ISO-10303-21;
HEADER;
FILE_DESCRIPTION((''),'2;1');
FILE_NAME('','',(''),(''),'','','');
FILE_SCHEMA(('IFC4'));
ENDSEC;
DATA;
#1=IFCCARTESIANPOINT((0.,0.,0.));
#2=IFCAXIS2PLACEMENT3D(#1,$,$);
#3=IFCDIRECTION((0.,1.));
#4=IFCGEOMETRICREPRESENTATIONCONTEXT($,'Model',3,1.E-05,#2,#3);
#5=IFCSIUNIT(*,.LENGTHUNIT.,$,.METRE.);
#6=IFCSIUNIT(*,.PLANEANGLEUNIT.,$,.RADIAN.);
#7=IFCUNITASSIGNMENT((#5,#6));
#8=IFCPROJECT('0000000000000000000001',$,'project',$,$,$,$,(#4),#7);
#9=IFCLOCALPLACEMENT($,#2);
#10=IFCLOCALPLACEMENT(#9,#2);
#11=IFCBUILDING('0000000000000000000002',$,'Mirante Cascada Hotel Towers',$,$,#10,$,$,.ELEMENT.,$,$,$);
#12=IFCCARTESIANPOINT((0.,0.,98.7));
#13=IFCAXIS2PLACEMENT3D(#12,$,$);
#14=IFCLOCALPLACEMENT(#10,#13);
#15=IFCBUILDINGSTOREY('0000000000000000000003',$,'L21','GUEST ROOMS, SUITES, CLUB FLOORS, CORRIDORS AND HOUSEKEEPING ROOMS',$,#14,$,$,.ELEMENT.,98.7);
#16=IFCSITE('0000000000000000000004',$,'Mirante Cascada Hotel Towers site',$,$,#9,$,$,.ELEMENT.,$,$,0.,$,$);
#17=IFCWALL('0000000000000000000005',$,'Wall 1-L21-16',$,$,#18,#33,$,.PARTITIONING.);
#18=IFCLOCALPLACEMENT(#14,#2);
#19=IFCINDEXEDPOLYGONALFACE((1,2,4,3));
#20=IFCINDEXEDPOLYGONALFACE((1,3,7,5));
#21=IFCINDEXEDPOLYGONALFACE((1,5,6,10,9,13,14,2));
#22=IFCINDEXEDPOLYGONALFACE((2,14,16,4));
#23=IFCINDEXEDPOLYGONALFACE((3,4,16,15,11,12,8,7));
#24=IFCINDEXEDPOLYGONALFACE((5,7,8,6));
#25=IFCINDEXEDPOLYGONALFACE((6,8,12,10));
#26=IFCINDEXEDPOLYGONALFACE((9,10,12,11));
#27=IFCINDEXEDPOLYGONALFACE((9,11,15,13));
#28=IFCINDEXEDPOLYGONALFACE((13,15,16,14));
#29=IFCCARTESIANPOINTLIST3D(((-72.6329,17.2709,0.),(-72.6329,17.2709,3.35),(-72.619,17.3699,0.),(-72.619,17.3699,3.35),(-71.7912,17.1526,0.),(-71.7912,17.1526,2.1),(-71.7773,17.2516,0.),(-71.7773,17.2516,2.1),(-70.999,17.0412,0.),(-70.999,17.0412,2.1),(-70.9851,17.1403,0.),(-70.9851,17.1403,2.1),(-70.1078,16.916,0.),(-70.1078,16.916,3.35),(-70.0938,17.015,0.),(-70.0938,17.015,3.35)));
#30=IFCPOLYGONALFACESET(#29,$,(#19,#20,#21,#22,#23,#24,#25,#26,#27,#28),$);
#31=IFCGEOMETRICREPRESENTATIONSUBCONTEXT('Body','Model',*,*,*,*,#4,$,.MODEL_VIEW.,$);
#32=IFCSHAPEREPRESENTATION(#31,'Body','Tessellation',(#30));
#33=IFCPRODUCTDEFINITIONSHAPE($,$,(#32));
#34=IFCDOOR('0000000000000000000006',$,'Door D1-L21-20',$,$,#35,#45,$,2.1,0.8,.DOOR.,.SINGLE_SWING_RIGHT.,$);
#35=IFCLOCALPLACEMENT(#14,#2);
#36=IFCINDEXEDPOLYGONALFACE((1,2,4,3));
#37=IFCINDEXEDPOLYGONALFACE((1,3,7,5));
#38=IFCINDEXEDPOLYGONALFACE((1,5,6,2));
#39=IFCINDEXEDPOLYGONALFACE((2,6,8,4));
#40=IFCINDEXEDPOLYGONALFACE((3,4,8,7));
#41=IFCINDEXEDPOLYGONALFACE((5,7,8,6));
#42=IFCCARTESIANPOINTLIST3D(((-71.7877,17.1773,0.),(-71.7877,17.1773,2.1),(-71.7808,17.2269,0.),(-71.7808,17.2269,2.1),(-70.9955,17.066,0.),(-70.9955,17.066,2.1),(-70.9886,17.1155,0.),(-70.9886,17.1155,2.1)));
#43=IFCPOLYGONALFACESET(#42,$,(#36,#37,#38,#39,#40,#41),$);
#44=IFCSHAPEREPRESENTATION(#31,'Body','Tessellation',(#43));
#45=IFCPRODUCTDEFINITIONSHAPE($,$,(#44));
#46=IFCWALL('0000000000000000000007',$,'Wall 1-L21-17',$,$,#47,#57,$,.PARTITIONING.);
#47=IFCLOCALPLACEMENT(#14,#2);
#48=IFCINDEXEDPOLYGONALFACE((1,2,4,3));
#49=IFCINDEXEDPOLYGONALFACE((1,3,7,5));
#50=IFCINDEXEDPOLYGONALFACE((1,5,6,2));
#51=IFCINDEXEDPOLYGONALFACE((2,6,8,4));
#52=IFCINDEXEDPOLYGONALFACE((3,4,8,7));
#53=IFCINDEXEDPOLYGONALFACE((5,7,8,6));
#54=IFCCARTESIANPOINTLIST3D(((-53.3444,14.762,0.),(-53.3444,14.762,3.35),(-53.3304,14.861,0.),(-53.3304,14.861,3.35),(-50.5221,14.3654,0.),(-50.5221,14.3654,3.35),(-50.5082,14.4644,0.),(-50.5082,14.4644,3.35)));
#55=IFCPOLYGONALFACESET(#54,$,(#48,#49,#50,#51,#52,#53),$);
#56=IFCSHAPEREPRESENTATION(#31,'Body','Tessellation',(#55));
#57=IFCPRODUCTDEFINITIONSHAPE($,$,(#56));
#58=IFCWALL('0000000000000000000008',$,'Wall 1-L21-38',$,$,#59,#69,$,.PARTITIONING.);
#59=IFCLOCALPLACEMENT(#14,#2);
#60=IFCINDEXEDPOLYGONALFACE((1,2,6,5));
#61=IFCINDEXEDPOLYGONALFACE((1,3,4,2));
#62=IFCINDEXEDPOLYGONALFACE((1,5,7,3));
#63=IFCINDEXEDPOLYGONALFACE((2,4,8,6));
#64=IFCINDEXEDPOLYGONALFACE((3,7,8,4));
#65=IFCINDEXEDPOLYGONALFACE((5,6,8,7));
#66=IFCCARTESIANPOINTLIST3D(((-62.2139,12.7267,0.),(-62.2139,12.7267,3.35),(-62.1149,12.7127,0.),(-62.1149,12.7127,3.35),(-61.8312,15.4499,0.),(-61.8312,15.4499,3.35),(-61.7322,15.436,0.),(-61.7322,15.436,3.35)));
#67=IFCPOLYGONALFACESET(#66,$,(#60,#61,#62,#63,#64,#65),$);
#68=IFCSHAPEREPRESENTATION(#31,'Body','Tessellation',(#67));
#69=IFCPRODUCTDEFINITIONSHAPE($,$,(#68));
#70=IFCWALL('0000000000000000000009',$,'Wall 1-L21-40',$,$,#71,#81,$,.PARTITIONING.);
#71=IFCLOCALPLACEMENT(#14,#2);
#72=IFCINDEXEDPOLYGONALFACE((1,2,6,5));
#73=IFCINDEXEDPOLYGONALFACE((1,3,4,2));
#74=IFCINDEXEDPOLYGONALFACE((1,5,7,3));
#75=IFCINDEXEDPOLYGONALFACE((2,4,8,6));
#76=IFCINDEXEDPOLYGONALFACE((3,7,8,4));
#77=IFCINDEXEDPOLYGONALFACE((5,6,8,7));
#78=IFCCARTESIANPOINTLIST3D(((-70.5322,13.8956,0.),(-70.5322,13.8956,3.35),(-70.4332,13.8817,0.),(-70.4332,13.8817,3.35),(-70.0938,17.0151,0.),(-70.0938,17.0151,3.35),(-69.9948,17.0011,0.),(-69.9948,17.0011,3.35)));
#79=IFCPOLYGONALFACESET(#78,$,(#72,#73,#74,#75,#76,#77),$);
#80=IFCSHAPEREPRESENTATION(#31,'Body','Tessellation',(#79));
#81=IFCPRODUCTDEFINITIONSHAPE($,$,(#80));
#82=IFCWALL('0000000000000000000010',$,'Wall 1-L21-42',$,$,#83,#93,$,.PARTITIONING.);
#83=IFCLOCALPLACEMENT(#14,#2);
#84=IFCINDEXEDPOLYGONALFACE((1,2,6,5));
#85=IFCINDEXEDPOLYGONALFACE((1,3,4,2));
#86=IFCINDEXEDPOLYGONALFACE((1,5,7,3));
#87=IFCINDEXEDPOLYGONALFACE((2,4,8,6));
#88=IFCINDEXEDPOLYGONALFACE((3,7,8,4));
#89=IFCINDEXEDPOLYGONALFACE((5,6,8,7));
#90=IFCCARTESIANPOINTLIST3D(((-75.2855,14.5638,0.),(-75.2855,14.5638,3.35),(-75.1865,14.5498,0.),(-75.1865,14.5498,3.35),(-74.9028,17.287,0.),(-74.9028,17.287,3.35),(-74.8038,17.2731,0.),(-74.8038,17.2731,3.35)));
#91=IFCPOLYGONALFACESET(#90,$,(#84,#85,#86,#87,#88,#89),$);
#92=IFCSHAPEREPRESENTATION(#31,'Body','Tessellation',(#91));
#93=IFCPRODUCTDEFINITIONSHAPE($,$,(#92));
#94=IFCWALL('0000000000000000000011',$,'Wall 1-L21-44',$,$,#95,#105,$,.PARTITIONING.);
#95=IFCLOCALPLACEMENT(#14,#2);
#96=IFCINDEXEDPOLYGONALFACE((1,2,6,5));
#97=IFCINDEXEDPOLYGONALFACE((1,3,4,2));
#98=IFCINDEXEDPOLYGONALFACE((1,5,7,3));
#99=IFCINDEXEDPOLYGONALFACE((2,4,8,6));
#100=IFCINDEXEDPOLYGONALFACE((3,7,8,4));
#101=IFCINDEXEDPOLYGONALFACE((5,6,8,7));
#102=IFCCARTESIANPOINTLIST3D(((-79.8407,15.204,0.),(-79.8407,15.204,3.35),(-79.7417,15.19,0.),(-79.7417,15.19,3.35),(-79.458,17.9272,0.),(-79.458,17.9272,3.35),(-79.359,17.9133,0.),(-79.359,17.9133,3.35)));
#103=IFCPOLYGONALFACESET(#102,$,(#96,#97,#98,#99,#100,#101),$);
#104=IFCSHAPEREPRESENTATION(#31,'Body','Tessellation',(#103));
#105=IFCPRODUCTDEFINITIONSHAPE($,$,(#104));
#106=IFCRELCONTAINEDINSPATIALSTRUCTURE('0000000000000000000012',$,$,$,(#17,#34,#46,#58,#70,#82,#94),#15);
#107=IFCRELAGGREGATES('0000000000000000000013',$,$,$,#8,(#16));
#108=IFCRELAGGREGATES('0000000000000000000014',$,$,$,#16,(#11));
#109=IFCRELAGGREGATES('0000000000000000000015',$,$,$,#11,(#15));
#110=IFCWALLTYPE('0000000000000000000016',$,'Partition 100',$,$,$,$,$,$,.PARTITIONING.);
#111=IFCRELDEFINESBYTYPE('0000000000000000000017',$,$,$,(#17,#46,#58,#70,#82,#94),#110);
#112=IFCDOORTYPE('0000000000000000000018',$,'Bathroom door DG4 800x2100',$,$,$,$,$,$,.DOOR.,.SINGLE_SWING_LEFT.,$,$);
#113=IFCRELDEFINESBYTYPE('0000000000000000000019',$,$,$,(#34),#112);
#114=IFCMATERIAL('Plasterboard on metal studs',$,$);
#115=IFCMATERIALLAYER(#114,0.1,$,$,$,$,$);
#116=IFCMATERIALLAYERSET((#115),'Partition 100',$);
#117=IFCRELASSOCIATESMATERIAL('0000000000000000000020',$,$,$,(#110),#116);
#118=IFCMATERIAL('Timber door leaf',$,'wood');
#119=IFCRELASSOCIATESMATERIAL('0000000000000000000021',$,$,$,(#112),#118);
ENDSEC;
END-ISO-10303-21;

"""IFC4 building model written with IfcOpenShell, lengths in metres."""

from ifc_helpers import new_model, si_unit, direction, frame, frame_2d, origin, place, context, subcontext, project, spatial, rectangle, extrude, material, layer, layer_set, type_object, element, fill, save


model = new_model("IFC4")

# Units and contexts
model_context = context("Model", 3, precision=1e-05, world=origin(), true_north=direction((0.0, 1.0)))
body_context = subcontext(model_context, "Body", "Model", "MODEL_VIEW")
ifc_project = project(units=[si_unit("LENGTHUNIT", "METRE"), si_unit("PLANEANGLEUNIT", "RADIAN")], contexts=[model_context])

# Site, building, storey
site_placement = place(None, origin())
site = spatial("IfcSite", under=ifc_project, at=site_placement, Name="Mirante Cascada Hotel Towers site", CompositionType="ELEMENT", RefElevation=0.0)
building_placement = place(site_placement, origin())
building = spatial("IfcBuilding", under=site, at=building_placement, Name="Mirante Cascada Hotel Towers", CompositionType="ELEMENT")
storey_placement = place(building_placement, frame((0.0, 0.0, 98.7)))
storey = spatial("IfcBuildingStorey", under=building, at=storey_placement, Name="L21", Description="GUEST ROOMS, SUITES, CLUB FLOORS, CORRIDORS AND HOUSEKEEPING ROOMS", CompositionType="ELEMENT", Elevation=98.7)

# Shared definitions
ifc_material_1 = material(Name="Plasterboard on metal studs")
ifc_layer_1 = layer(ifc_material_1, 0.1)
ifc_layer_set_1 = layer_set([ifc_layer_1], Name="Partition 100")
wall_type_1 = type_object("IfcWallType", Name="Partition 100", PredefinedType="PARTITIONING", material=ifc_layer_set_1)
ifc_material_2 = material(Name="Timber door leaf", Category="wood")
door_type = type_object("IfcDoorType", Name="Bathroom door DG4 800x2100", OperationType="SINGLE_SWING_LEFT", PredefinedType="DOOR", material=ifc_material_2)

# Wall, opening, door
wall_1_placement = place(storey_placement, frame((-70.1008, 16.9655, 0.0), z_axis=(0.0, 0.0, 1.0), x_axis=(-0.990268, 0.139176, 0.0)))
wall_1 = element("IfcWall", 1, at=wall_1_placement, inside=storey, type_object=wall_type_1, Name="Wall 1-L21-16", PredefinedType="PARTITIONING", context=body_context, shape_type="SweptSolid", body=[
    extrude(rectangle(XDim=2.55, YDim=0.1, at=frame_2d((1.275, 0.0))), origin(), (0.0, 0.0, 1.0), 3.35),
])
opening_1_placement = place(wall_1_placement, frame((0.9, 0.0, 0.0)))
opening_1 = element("IfcOpeningElement", 2, at=opening_1_placement, cuts=wall_1, PredefinedType="OPENING", context=body_context, shape_type="SweptSolid", body=[
    extrude(rectangle(XDim=0.8, YDim=2.1, at=frame_2d((0.4, 1.05))), frame((0.0, 0.05, 0.0), z_axis=(0.0, -1.0, 0.0), x_axis=(1.0, 0.0, 0.0)), (0.0, 0.0, 1.0), 0.1),
])
door_1_placement = place(opening_1_placement, frame((0.8, 0.0, 0.0), z_axis=(0.0, 0.0, 1.0), x_axis=(-1.0, 0.0, 0.0)))
door_1 = element("IfcDoor", 3, at=door_1_placement, inside=storey, type_object=door_type, Name="Door D1-L21-20", OperationType="SINGLE_SWING_RIGHT", OverallHeight=2.1, OverallWidth=0.8, PredefinedType="DOOR", context=body_context, shape_type="SweptSolid", body=[
    extrude(rectangle(XDim=0.8, YDim=2.1, at=frame_2d((0.4, 1.05))), frame((0.0, 0.025, 0.0), z_axis=(0.0, -1.0, 0.0), x_axis=(1.0, 0.0, 0.0)), (0.0, 0.0, 1.0), 0.05),
])
fill(opening_1, door_1)

# Walls
wall_2_placement = place(storey_placement, frame((-53.3374, 14.8115, 0.0), z_axis=(0.0, 0.0, 1.0), x_axis=(0.99027, -0.139156, 0.0)))
element("IfcWall", 4, at=wall_2_placement, inside=storey, type_object=wall_type_1, Name="Wall 1-L21-17", PredefinedType="PARTITIONING", context=body_context, shape_type="SweptSolid", body=[
    extrude(rectangle(XDim=2.85, YDim=0.1, at=frame_2d((1.425, 0.0))), origin(), (0.0, 0.0, 1.0), 3.35),
])
wall_3_placement = place(storey_placement, frame((-62.1644, 12.7197, 0.0), z_axis=(0.0, 0.0, 1.0), x_axis=(0.139166, 0.990269, 0.0)))
element("IfcWall", 5, at=wall_3_placement, inside=storey, type_object=wall_type_1, Name="Wall 1-L21-38", PredefinedType="PARTITIONING", context=body_context, shape_type="SweptSolid", body=[
    extrude(rectangle(XDim=2.75, YDim=0.1, at=frame_2d((1.375, 0.0))), origin(), (0.0, 0.0, 1.0), 3.35),
])
wall_4_placement = place(storey_placement, frame((-70.4827, 13.8887, 0.0), z_axis=(0.0, 0.0, 1.0), x_axis=(0.139172, 0.990268, 0.0)))
element("IfcWall", 6, at=wall_4_placement, inside=storey, type_object=wall_type_1, Name="Wall 1-L21-40", PredefinedType="PARTITIONING", context=body_context, shape_type="SweptSolid", body=[
    extrude(rectangle(XDim=3.1501, YDim=0.1, at=frame_2d((1.575, 0.0))), origin(), (0.0, 0.0, 1.0), 3.35),
])
for number, where, z_axis, x_axis, name in (
    (7, (-75.236, 14.5568, 0.0), (0.0, 0.0, 1.0), (0.139166, 0.990269, 0.0), "Wall 1-L21-42"),
    (8, (-79.7912, 15.197, 0.0), (0.0, 0.0, 1.0), (0.139166, 0.990269, 0.0), "Wall 1-L21-44"),
):
    element("IfcWall", number, at=place(storey_placement, frame(where, z_axis=z_axis, x_axis=x_axis)), inside=storey, type_object=wall_type_1, Name=name, PredefinedType="PARTITIONING", context=body_context, shape_type="SweptSolid", body=[
        extrude(rectangle(XDim=2.75, YDim=0.1, at=frame_2d((1.375, 0.0))), origin(), (0.0, 0.0, 1.0), 3.35),
    ])

save(model, "model.ifc")
